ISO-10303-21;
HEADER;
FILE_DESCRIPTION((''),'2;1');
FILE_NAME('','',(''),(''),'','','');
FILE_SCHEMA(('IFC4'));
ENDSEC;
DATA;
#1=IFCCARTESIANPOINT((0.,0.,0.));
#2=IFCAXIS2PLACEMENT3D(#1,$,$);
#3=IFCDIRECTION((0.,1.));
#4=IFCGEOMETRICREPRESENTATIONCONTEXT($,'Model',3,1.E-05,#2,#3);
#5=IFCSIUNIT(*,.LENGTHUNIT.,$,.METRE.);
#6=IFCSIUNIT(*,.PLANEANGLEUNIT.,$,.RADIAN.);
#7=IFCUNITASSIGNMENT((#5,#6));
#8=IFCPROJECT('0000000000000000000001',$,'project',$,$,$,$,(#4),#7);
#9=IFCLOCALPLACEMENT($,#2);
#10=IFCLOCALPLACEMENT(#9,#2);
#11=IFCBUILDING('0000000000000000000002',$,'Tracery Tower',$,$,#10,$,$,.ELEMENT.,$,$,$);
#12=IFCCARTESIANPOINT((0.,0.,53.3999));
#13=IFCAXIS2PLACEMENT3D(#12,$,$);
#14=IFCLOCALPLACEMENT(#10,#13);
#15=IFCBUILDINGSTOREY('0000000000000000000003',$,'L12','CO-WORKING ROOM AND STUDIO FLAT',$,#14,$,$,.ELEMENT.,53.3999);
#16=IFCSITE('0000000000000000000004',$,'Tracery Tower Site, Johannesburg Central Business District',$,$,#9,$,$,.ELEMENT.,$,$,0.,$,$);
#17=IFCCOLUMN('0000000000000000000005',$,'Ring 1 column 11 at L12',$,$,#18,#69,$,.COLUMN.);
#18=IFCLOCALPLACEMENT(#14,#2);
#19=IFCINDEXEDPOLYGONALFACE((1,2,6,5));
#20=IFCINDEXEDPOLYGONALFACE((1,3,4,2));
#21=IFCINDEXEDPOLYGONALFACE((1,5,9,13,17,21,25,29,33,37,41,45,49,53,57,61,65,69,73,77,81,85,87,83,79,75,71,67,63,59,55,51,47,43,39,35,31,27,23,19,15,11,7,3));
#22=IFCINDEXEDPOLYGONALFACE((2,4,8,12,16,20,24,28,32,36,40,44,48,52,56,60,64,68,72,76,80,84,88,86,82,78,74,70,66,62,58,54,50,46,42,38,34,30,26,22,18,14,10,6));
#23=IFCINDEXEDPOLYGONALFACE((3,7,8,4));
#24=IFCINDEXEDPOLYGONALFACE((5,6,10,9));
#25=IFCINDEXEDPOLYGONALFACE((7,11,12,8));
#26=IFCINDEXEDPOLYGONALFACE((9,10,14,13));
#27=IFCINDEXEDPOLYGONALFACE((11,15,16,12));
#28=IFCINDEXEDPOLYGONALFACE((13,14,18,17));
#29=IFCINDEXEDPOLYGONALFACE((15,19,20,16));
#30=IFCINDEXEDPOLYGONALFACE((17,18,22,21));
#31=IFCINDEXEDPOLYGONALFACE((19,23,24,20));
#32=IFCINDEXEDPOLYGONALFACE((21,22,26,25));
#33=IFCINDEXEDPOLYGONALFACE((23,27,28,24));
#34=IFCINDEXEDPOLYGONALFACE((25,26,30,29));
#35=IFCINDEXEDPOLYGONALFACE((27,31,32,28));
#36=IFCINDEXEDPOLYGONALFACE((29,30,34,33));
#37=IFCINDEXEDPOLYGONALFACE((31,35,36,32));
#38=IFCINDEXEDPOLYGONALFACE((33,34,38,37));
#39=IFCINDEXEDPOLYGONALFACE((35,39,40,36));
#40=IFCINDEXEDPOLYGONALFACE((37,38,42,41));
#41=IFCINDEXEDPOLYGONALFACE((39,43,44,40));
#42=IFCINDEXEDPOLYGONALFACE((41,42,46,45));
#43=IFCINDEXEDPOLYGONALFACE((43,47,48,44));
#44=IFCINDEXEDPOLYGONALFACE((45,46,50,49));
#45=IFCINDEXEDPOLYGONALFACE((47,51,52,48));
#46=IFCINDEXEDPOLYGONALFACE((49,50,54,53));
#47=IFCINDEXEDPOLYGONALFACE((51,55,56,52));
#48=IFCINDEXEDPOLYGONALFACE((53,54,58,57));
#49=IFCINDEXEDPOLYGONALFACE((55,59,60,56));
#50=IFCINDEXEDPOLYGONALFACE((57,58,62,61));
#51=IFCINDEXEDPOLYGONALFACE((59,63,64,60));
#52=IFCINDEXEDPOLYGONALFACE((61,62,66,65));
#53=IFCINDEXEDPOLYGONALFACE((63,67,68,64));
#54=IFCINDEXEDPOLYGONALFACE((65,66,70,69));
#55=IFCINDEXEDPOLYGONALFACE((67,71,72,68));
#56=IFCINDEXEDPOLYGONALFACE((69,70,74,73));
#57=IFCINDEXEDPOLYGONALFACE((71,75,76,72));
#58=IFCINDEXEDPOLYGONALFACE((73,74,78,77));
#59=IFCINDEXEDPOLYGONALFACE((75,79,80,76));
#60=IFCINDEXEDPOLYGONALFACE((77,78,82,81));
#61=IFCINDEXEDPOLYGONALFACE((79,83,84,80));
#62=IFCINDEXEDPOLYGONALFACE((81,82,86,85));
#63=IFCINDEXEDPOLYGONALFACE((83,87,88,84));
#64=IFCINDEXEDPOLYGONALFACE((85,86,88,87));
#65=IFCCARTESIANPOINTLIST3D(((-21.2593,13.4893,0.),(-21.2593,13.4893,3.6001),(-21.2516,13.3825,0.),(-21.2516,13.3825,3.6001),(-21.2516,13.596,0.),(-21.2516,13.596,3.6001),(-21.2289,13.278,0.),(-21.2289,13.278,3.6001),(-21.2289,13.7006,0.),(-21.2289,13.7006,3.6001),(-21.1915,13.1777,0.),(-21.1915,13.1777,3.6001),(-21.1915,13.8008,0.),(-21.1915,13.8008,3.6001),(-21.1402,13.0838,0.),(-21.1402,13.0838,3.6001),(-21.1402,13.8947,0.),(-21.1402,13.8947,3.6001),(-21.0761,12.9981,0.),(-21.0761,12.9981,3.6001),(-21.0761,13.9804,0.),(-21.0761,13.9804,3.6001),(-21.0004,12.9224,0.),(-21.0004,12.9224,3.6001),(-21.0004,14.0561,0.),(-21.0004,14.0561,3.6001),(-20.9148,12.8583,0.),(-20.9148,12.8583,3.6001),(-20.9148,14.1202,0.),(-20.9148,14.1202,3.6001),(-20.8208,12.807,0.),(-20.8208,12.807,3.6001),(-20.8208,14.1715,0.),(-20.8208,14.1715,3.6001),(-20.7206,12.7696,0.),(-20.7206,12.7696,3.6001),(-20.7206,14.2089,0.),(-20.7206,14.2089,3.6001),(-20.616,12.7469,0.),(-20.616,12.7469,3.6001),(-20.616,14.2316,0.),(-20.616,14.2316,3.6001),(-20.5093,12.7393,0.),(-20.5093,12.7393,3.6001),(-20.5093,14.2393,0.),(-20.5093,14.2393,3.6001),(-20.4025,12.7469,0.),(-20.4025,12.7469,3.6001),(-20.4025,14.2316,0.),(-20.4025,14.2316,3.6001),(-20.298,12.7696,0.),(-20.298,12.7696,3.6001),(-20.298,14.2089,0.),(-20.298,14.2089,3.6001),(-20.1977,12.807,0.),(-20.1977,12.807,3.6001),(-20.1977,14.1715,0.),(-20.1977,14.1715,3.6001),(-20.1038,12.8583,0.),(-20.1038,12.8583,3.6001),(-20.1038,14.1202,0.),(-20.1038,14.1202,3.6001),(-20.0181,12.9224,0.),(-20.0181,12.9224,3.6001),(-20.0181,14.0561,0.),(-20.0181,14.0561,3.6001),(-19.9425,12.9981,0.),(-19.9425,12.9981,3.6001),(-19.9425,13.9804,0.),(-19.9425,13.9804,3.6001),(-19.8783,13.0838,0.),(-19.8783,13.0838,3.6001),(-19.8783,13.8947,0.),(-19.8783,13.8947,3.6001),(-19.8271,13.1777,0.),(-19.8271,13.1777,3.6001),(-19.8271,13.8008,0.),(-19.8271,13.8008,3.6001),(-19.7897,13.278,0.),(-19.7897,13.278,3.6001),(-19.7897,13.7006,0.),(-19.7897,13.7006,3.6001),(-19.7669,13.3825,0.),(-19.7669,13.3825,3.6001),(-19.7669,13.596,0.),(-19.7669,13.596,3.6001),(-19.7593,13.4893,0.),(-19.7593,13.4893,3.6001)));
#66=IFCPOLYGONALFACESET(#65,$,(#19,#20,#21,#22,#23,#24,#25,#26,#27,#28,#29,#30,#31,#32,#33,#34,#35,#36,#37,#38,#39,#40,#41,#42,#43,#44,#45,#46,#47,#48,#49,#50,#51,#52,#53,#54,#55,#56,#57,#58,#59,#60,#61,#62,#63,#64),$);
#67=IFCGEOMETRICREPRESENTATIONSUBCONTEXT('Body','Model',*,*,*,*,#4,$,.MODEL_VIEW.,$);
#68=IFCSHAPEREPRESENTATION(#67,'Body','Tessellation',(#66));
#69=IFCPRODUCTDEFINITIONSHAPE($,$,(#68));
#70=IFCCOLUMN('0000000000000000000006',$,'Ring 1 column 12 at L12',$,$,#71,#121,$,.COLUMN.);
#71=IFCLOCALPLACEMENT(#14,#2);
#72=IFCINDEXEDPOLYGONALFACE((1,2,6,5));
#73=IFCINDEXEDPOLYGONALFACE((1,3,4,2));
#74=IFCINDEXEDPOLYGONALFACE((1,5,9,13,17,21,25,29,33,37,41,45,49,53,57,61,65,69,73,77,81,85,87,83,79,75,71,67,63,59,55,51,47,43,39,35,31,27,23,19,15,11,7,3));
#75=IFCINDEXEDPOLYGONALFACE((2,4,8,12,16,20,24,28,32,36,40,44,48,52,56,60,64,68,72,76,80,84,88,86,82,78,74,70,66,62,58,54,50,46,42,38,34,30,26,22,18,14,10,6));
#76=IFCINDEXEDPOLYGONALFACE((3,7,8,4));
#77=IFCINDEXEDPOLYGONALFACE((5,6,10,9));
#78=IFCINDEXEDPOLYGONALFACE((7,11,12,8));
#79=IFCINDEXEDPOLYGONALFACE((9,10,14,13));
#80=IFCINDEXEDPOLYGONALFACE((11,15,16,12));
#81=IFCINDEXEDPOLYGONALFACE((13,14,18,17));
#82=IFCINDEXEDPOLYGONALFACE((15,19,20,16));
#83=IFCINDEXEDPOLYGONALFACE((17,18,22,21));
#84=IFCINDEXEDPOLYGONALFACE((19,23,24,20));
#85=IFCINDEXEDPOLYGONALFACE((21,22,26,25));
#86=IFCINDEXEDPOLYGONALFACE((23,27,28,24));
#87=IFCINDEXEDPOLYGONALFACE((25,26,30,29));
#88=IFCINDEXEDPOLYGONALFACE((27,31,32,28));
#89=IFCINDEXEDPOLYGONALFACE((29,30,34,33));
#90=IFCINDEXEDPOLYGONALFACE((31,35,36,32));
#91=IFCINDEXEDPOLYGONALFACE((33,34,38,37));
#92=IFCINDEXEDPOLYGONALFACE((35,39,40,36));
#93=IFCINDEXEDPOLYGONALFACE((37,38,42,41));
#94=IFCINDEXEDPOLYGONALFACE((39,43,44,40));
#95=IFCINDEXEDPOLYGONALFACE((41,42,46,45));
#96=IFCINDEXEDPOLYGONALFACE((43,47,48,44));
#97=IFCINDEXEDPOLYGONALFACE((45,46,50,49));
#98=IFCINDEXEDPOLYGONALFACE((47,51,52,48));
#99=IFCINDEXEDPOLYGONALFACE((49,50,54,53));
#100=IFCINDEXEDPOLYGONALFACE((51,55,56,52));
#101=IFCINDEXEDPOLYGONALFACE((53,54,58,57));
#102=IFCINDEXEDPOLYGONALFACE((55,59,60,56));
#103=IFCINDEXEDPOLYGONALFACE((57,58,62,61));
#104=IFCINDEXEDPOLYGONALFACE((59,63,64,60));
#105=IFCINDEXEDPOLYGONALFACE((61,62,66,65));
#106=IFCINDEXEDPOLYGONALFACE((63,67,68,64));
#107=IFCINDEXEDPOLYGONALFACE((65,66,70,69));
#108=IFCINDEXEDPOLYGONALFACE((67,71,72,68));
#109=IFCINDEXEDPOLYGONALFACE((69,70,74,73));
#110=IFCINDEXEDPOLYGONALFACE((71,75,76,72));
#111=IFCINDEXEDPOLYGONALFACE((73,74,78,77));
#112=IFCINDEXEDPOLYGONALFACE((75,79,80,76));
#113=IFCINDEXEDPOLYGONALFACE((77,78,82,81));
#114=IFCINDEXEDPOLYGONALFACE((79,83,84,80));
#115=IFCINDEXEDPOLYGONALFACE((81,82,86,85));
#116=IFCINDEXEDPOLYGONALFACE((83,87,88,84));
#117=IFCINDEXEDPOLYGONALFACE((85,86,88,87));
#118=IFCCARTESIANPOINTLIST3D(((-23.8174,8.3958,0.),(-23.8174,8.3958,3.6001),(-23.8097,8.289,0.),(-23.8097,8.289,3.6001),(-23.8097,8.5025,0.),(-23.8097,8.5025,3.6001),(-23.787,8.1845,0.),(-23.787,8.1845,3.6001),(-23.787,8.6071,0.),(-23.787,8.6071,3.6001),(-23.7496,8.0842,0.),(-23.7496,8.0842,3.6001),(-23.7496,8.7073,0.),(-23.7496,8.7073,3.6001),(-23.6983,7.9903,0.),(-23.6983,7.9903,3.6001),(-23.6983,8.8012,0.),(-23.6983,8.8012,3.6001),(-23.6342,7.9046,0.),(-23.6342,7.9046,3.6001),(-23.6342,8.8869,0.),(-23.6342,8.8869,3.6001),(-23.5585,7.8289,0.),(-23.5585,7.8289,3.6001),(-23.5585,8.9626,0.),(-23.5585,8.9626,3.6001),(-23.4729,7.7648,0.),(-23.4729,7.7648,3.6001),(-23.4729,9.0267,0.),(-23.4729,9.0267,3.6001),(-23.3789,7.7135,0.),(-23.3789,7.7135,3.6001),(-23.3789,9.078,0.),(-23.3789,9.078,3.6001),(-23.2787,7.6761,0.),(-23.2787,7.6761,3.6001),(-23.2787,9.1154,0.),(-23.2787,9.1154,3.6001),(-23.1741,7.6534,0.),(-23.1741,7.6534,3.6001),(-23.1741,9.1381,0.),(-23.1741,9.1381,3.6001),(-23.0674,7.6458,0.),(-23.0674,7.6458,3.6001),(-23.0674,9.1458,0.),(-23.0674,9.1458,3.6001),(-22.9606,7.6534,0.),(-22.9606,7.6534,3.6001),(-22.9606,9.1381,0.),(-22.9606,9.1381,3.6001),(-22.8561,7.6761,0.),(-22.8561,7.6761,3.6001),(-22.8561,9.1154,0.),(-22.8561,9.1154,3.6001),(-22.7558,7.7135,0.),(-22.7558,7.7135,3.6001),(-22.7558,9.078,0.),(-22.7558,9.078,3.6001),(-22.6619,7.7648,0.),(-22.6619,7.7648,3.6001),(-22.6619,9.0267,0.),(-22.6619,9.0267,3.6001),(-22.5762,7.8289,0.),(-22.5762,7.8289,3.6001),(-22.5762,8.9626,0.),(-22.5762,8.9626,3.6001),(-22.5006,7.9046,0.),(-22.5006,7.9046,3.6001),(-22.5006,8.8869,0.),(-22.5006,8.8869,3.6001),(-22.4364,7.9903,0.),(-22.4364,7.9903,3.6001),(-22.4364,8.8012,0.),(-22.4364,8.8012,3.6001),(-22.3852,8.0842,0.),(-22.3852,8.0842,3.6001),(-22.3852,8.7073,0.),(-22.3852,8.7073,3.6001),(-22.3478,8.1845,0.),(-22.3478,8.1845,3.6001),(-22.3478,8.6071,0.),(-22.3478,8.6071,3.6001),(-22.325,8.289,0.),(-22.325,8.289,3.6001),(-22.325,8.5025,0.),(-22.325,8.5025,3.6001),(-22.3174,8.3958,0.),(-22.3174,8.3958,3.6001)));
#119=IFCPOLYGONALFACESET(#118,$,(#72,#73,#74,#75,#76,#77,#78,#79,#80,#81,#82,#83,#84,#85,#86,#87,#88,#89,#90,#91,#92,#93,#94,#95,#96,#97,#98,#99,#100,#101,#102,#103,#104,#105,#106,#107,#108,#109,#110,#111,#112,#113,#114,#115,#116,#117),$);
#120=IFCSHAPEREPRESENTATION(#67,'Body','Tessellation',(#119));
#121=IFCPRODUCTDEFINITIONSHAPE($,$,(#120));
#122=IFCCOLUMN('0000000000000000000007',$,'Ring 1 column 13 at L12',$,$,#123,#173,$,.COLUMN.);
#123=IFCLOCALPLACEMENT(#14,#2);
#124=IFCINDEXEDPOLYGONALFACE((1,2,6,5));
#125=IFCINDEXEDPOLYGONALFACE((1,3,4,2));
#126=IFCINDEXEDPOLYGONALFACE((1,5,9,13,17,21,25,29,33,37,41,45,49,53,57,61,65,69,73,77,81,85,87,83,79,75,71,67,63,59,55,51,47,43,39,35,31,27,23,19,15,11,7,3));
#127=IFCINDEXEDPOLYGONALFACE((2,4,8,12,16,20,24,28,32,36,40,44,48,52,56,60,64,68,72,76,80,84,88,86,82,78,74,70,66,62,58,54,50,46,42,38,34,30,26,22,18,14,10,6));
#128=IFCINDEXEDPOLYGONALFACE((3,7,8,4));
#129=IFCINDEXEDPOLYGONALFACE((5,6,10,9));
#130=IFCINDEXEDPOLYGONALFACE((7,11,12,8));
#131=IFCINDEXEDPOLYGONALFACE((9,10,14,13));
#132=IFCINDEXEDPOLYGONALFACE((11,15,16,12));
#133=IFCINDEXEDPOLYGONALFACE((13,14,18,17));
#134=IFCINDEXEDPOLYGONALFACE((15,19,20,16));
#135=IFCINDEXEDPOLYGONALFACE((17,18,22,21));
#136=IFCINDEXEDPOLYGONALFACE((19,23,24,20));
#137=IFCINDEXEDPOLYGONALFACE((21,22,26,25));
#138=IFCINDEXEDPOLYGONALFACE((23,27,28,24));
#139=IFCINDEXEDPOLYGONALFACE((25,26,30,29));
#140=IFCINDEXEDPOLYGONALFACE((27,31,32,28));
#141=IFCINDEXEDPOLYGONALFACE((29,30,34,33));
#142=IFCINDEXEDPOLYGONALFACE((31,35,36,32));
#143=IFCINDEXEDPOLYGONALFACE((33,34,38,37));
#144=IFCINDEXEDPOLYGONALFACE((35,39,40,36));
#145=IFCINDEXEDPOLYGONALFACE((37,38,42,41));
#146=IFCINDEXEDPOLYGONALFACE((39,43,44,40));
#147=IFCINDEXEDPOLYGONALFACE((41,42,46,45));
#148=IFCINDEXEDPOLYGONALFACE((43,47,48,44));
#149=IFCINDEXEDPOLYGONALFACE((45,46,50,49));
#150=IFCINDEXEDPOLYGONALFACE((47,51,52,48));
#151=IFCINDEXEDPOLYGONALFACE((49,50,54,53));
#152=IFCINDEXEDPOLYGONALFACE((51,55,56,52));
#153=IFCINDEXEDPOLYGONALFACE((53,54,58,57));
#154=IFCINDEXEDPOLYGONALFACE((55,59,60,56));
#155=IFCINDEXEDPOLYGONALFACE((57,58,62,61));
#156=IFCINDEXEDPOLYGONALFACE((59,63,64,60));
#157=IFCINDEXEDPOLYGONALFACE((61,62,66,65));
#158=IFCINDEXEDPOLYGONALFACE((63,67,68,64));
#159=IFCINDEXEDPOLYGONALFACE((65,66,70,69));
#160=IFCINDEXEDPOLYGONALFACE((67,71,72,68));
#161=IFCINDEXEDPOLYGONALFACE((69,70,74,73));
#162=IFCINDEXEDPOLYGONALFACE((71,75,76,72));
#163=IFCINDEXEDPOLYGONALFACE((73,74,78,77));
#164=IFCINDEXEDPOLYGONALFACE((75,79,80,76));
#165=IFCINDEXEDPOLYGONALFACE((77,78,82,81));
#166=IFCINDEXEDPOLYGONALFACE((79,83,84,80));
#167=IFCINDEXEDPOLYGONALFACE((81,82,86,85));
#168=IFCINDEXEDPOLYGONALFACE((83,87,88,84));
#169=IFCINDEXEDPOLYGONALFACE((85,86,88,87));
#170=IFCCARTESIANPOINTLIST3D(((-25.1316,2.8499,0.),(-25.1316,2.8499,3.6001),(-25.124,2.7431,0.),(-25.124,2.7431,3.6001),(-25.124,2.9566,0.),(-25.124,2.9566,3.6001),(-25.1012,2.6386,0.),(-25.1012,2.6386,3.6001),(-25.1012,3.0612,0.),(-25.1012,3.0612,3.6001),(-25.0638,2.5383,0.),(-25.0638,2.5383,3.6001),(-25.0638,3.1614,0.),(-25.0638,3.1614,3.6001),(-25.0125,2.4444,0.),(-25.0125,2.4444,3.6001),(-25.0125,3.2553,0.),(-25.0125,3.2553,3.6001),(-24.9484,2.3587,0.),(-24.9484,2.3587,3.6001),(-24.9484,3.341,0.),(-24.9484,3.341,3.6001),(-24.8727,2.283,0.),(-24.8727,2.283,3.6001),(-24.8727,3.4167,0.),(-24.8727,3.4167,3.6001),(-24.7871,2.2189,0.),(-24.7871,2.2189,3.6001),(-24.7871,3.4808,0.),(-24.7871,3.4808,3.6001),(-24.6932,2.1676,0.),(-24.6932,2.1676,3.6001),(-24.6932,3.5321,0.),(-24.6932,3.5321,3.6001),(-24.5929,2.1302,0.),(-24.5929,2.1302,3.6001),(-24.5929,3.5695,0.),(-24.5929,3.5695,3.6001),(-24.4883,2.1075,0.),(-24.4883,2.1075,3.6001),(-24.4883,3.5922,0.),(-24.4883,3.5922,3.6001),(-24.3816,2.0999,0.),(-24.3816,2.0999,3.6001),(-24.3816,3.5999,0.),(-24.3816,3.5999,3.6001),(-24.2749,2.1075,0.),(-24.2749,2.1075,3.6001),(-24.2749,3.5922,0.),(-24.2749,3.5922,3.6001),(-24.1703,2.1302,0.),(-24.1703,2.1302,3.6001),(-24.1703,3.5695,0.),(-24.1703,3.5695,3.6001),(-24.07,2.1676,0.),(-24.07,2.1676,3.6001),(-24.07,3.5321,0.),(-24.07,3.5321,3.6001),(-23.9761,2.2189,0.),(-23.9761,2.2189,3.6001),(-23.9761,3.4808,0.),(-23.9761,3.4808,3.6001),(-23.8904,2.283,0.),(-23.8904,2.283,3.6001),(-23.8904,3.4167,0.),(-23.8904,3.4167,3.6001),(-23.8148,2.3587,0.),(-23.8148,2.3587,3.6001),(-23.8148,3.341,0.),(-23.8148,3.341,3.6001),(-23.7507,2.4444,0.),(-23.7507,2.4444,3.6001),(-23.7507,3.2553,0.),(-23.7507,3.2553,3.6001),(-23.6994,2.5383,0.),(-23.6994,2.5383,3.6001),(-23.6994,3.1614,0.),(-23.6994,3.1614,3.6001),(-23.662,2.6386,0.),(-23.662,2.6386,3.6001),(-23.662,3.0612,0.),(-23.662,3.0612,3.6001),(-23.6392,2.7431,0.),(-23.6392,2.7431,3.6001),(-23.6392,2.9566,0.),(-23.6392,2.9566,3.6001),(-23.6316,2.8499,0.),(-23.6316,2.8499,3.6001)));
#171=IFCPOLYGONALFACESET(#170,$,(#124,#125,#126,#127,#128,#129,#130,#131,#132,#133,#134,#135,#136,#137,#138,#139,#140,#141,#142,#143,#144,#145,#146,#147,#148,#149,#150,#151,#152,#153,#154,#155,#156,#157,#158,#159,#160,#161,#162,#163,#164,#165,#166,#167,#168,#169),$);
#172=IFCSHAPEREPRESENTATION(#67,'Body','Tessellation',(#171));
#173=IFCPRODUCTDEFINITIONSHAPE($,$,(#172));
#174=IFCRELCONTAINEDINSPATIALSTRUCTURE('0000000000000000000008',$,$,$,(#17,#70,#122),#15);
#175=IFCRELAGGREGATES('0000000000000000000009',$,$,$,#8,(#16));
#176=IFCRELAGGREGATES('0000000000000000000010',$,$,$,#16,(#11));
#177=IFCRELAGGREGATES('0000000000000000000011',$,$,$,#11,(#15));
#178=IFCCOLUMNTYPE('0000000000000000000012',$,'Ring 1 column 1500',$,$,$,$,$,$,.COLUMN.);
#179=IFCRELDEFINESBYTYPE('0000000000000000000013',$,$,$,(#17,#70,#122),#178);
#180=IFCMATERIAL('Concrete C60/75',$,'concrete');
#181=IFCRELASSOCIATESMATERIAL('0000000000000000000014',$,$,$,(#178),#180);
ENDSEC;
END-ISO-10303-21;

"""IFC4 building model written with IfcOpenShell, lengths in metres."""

from ifc_helpers import new_model, si_unit, direction, frame, origin, origin_2d, place, context, subcontext, project, spatial, circle, extrude, material, material_profile, profile_set, type_object, element, save


model = new_model("IFC4")

# Units and contexts
model_context = context("Model", 3, precision=1e-05, world=origin(), true_north=direction((0.0, 1.0)))
body_context = subcontext(model_context, "Body", "Model", "MODEL_VIEW")
ifc_project = project(units=[si_unit("LENGTHUNIT", "METRE"), si_unit("PLANEANGLEUNIT", "RADIAN")], contexts=[model_context])

# Site, building, storey
site_placement = place(None, origin())
site = spatial("IfcSite", under=ifc_project, at=site_placement, Name="Tracery Tower Site, Johannesburg Central Business District", CompositionType="ELEMENT", RefElevation=0.0)
building_placement = place(site_placement, origin())
building = spatial("IfcBuilding", under=site, at=building_placement, Name="Tracery Tower", CompositionType="ELEMENT")
storey_placement = place(building_placement, frame((0.0, 0.0, 53.3999)))
storey = spatial("IfcBuildingStorey", under=building, at=storey_placement, Name="L12", Description="CO-WORKING ROOM AND STUDIO FLAT", CompositionType="ELEMENT", Elevation=53.3999)

# Columns
ifc_material_1 = material(Name="Concrete C60/75", Category="concrete")
ifc_material_profile_1 = material_profile(ifc_material_1, circle(Radius=0.75, at=origin_2d()), Name="RC D1500")
ifc_profile_set_1 = profile_set([ifc_material_profile_1], Name="Concrete C60/75")
column_type_1 = type_object("IfcColumnType", Name="Ring 1 column 1500", PredefinedType="COLUMN", material=ifc_profile_set_1)
for number, where, z_axis, x_axis, name in (
    (1, (-20.5093, 13.4893, 0.0), (0.0, 0.0, 1.0), (1.0, 0.0, 0.0), "Ring 1 column 11 at L12"),
    (2, (-23.0674, 8.3958, 0.0), (0.0, 0.0, 1.0), (1.0, 0.0, 0.0), "Ring 1 column 12 at L12"),
    (3, (-24.3816, 2.8499, 0.0), (0.0, 0.0, 1.0), (1.0, 0.0, 0.0), "Ring 1 column 13 at L12"),
):
    element("IfcColumn", number, at=place(storey_placement, frame(where, z_axis=z_axis, x_axis=x_axis)), inside=storey, type_object=column_type_1, Name=name, PredefinedType="COLUMN", context=body_context, shape_type="SweptSolid", body=[
        extrude(circle(Radius=0.75, at=origin_2d()), origin(), (0.0, 0.0, 1.0), 3.6001),
    ])

save(model, "model.ifc")
